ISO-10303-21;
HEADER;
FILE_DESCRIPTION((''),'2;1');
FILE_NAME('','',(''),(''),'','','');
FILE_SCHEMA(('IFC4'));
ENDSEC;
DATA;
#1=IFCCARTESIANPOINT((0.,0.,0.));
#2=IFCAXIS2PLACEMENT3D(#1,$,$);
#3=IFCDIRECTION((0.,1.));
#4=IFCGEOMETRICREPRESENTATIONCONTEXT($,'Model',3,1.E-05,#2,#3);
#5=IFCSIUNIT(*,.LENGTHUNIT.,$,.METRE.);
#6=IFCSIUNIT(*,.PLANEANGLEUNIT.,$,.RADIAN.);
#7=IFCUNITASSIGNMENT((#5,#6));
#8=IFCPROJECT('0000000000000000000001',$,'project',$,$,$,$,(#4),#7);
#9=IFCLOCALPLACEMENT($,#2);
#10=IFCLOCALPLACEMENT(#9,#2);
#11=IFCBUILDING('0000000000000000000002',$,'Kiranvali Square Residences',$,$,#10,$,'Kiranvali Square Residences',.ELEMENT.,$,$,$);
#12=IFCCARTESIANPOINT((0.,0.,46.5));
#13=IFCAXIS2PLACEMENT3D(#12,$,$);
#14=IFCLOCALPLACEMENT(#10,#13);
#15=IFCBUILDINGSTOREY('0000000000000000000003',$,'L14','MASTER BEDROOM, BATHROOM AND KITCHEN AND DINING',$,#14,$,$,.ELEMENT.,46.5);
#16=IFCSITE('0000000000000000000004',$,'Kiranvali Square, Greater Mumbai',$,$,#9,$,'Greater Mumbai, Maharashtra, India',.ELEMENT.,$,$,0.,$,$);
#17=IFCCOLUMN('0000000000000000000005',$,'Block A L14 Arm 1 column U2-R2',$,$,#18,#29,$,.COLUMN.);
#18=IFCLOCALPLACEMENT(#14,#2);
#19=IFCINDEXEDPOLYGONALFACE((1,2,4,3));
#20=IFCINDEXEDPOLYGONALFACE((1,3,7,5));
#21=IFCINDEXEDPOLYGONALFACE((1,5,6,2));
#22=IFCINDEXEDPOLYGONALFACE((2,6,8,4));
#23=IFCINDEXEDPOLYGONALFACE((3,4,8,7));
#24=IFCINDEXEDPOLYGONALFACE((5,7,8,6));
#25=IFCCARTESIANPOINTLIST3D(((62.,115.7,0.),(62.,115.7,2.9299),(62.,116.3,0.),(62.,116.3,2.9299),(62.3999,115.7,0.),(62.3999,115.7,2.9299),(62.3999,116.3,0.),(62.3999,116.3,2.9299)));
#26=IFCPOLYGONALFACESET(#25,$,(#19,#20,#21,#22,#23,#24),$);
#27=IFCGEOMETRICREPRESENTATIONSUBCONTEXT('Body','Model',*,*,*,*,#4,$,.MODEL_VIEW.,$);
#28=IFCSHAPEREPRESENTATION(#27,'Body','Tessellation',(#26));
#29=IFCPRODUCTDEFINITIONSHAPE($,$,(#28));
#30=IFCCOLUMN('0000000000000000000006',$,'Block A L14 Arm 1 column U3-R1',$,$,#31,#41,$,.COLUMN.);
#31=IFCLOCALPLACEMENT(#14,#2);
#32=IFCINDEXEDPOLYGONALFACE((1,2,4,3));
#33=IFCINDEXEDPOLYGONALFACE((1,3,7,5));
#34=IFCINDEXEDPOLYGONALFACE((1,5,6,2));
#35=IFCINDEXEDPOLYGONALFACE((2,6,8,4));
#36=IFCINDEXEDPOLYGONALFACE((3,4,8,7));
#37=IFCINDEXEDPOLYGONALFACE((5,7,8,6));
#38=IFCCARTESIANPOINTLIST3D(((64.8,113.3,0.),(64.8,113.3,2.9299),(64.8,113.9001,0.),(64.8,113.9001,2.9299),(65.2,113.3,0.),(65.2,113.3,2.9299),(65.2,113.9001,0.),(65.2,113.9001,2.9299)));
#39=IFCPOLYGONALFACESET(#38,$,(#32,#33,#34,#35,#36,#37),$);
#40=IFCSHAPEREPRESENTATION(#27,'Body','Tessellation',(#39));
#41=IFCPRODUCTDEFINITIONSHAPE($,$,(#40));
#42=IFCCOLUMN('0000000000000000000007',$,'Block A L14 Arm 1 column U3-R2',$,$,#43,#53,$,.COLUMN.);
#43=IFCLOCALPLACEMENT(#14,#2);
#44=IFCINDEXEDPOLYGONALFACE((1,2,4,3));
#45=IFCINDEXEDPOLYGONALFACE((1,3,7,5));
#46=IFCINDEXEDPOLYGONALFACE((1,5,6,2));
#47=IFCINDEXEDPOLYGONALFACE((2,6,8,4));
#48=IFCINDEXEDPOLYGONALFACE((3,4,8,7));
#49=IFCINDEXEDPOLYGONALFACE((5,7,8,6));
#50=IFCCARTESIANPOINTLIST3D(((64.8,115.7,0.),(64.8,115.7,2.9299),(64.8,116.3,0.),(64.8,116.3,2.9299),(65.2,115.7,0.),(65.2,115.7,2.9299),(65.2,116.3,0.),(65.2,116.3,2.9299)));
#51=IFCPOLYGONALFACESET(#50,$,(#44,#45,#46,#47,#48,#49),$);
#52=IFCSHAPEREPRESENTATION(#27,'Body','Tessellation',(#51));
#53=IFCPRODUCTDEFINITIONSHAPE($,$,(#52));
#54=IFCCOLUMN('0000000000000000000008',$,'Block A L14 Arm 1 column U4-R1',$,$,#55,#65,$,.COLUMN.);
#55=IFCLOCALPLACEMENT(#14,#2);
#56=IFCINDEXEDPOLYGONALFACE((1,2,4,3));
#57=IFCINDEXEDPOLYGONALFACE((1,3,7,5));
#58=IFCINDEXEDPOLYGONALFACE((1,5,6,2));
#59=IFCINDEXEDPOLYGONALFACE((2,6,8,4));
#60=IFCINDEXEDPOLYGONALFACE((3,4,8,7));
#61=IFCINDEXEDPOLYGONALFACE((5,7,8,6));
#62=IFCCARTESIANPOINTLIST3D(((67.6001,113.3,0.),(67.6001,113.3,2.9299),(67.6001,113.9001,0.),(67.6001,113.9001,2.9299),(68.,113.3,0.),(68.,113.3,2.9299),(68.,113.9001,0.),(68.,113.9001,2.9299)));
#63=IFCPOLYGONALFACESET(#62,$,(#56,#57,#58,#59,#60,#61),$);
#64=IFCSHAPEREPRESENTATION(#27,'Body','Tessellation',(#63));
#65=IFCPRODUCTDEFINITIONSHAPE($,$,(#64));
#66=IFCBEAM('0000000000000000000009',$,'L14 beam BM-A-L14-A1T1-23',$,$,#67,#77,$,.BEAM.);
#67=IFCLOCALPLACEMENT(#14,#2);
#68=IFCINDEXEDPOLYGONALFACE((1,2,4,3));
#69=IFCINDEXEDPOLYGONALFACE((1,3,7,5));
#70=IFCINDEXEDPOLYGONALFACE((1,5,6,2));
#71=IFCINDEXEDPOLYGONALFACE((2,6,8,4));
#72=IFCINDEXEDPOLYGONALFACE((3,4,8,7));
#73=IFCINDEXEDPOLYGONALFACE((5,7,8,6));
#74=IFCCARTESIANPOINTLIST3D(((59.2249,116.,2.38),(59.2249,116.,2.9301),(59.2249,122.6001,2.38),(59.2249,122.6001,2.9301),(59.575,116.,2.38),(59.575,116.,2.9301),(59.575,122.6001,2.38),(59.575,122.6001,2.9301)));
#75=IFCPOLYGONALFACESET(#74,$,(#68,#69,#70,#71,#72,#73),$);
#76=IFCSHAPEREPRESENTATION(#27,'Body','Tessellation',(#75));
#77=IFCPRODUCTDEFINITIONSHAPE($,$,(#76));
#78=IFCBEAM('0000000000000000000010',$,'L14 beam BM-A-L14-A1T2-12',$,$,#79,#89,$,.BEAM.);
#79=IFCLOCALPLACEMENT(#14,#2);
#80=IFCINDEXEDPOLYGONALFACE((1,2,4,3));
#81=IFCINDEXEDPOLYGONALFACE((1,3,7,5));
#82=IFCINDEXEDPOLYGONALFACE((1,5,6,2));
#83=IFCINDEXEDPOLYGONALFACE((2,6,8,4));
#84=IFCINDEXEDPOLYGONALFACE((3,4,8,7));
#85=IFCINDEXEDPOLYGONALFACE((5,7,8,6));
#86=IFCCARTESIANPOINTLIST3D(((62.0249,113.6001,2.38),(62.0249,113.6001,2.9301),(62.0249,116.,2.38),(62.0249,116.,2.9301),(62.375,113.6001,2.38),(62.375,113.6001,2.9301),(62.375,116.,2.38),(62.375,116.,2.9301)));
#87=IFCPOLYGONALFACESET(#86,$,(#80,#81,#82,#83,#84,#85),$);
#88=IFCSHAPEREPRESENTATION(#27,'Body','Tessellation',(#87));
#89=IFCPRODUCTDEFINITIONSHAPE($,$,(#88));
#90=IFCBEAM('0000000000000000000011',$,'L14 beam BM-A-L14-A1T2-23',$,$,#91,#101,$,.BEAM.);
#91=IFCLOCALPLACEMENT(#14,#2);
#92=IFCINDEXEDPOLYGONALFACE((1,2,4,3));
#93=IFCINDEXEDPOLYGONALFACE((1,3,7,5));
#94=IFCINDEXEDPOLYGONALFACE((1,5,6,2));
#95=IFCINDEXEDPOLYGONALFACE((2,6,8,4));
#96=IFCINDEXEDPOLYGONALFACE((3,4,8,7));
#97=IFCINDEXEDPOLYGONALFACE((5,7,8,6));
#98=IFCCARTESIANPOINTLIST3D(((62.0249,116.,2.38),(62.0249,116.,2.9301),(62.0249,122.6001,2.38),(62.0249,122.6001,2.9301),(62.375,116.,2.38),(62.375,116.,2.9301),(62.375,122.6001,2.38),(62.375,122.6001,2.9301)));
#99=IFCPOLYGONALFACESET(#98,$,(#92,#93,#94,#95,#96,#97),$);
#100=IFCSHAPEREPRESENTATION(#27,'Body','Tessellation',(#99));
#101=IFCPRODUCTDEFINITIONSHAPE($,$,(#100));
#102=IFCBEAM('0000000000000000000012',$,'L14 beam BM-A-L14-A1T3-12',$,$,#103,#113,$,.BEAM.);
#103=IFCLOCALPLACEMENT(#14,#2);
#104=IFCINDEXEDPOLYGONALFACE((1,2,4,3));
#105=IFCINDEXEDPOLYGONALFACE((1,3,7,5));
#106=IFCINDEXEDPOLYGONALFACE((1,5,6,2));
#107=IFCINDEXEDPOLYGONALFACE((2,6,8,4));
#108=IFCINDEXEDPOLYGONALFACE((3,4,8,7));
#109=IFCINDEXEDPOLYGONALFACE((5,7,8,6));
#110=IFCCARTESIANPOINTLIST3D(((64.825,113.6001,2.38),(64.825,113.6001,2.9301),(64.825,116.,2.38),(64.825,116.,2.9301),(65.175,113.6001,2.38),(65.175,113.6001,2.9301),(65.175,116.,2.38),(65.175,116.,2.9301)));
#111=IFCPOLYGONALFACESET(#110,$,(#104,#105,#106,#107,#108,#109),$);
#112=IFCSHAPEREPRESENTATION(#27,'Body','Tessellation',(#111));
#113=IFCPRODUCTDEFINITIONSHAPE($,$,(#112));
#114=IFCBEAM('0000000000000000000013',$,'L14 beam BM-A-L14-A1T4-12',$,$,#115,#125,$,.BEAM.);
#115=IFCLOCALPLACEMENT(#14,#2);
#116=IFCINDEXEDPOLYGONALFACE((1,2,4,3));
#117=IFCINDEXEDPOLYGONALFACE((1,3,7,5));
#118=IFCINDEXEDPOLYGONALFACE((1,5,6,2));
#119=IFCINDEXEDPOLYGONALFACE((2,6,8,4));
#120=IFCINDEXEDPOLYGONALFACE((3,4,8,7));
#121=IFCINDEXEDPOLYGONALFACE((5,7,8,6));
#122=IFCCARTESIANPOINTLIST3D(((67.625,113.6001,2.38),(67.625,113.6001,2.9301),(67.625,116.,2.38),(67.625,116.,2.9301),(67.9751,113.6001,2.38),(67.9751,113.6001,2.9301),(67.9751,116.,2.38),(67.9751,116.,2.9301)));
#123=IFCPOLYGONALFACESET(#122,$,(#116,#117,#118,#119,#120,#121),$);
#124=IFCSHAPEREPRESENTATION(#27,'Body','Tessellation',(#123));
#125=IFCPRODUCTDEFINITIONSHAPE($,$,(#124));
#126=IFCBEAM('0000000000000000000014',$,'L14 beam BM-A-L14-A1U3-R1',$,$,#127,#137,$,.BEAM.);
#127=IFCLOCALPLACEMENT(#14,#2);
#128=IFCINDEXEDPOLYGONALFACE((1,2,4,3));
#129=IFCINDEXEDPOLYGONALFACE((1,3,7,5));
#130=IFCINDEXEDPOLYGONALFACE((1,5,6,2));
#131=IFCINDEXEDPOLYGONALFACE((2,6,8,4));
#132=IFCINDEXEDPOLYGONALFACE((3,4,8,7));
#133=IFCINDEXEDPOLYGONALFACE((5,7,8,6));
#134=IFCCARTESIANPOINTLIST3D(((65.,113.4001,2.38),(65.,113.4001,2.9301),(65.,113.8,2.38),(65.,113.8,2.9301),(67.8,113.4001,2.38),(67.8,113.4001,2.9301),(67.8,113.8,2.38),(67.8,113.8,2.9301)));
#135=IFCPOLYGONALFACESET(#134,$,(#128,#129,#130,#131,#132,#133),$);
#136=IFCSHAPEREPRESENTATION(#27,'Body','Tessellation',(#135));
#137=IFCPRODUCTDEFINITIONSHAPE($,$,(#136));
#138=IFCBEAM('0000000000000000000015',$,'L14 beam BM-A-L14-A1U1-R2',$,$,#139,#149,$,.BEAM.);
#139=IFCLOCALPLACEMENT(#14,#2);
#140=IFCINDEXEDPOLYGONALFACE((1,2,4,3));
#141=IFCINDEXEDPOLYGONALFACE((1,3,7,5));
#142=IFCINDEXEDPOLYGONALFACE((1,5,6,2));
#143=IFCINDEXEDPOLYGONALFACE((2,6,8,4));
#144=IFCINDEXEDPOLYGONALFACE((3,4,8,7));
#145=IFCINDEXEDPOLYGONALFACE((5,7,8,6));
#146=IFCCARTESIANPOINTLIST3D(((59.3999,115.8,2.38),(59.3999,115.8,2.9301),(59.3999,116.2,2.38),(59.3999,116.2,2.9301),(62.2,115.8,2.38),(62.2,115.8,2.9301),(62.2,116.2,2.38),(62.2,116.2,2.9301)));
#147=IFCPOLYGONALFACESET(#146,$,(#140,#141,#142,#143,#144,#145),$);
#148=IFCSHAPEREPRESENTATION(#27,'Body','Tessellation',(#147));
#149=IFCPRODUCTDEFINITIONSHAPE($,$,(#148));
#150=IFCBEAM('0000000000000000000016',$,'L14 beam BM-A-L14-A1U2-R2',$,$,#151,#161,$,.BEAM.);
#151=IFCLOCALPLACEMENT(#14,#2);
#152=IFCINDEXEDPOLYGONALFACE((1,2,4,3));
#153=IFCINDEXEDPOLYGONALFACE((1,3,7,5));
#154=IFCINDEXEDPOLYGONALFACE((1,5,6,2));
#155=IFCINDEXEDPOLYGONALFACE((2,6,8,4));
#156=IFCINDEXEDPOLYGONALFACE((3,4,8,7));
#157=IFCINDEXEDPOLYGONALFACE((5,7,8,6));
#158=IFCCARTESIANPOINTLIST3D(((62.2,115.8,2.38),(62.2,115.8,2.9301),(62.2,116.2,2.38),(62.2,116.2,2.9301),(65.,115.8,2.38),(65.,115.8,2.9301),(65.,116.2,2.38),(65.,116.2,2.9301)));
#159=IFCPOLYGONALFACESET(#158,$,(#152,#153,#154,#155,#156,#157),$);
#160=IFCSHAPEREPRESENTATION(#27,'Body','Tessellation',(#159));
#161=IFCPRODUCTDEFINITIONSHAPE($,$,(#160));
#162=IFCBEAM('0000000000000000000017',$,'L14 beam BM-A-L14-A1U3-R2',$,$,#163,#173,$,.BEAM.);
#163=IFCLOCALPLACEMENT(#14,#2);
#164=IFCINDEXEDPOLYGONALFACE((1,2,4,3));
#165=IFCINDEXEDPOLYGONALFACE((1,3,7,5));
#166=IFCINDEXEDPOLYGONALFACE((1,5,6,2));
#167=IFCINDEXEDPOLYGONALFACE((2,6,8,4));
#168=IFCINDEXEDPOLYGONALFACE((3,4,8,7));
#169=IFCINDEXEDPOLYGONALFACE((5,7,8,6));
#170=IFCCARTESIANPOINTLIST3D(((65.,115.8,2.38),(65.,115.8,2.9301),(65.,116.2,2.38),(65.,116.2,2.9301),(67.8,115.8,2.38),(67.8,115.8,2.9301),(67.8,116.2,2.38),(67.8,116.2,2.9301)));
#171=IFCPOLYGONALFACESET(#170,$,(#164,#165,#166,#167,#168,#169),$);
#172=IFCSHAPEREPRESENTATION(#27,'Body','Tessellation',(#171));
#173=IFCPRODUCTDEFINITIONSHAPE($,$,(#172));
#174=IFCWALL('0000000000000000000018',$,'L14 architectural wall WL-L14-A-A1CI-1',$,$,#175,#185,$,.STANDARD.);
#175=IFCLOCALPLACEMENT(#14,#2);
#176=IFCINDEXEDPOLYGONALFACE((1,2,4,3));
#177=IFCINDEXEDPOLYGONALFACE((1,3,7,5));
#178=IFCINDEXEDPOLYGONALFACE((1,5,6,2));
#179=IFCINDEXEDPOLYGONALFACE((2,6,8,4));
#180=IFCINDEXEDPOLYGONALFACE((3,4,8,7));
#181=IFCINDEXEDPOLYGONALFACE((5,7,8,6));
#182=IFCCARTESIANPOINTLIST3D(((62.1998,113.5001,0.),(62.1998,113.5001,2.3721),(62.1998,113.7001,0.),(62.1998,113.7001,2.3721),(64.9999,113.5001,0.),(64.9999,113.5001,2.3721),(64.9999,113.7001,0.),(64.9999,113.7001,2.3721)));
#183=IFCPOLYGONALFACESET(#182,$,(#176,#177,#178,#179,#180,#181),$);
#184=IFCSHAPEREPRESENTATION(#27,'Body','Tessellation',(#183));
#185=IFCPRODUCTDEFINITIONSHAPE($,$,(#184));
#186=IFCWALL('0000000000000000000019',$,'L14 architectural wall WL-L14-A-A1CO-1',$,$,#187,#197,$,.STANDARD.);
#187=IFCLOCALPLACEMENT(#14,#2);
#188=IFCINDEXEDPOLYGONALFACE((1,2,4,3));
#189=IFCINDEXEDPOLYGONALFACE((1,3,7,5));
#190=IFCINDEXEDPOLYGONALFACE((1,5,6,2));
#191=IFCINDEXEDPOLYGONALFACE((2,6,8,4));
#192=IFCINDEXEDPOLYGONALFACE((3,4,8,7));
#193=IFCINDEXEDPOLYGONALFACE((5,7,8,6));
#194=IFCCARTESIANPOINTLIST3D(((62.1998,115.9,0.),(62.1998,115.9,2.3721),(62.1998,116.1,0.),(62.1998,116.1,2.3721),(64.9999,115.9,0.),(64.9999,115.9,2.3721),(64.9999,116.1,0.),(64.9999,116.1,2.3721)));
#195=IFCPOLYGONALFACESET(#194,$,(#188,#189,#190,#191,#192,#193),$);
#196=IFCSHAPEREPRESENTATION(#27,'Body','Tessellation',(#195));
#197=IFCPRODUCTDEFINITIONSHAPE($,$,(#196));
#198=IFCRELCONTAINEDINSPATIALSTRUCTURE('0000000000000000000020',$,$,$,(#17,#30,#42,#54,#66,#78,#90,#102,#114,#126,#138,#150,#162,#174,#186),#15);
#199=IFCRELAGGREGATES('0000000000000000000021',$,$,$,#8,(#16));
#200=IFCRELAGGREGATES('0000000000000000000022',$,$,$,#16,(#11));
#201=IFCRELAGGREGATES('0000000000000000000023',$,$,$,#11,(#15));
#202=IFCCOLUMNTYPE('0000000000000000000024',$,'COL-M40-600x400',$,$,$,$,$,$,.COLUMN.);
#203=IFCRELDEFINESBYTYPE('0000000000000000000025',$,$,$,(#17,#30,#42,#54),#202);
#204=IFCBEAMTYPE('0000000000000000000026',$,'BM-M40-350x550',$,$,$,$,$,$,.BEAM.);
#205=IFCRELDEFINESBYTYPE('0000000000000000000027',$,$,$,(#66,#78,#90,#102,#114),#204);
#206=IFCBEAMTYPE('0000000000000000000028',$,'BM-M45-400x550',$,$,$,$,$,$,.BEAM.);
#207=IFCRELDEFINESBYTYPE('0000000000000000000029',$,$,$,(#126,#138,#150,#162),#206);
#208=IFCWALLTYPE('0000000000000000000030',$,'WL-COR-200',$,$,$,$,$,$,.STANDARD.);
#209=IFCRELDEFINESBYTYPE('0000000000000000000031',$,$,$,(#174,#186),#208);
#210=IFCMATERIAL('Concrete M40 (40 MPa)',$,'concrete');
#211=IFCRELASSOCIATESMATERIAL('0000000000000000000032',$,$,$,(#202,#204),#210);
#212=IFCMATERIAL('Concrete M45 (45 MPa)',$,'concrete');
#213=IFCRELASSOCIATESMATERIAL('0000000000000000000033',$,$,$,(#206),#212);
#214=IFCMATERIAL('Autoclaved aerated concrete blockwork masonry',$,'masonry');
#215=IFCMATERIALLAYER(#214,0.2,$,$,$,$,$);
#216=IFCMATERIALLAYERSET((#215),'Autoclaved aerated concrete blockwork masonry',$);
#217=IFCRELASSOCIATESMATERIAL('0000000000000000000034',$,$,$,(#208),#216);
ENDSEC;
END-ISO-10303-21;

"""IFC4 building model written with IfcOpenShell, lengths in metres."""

from ifc_helpers import new_model, si_unit, direction, frame, frame_2d, origin, origin_2d, place, context, subcontext, project, spatial, rectangle, extrude, material, layer, layer_set, material_profile, profile_set, type_object, element, save


model = new_model("IFC4")

# Units and contexts
model_context = context("Model", 3, precision=1e-05, world=origin(), true_north=direction((0.0, 1.0)))
body_context = subcontext(model_context, "Body", "Model", "MODEL_VIEW")
ifc_project = project(units=[si_unit("LENGTHUNIT", "METRE"), si_unit("PLANEANGLEUNIT", "RADIAN")], contexts=[model_context])

# Site, building, storey
site_placement = place(None, origin())
site = spatial("IfcSite", under=ifc_project, at=site_placement, Name="Kiranvali Square, Greater Mumbai", LongName="Greater Mumbai, Maharashtra, India", CompositionType="ELEMENT", RefElevation=0.0)
building_placement = place(site_placement, origin())
building = spatial("IfcBuilding", under=site, at=building_placement, Name="Kiranvali Square Residences", LongName="Kiranvali Square Residences", CompositionType="ELEMENT")
storey_placement = place(building_placement, frame((0.0, 0.0, 46.5)))
storey = spatial("IfcBuildingStorey", under=building, at=storey_placement, Name="L14", Description="MASTER BEDROOM, BATHROOM AND KITCHEN AND DINING", CompositionType="ELEMENT", Elevation=46.5)

# Columns
ifc_material_1 = material(Name="Concrete M40 (40 MPa)", Category="concrete")
ifc_material_profile_1 = material_profile(ifc_material_1, rectangle(XDim=0.3999, YDim=0.6001, at=origin_2d()), Name="RC 600x400")
ifc_profile_set_1 = profile_set([ifc_material_profile_1], Name="Concrete M40 (40 MPa)")
column_type = type_object("IfcColumnType", Name="COL-M40-600x400", PredefinedType="COLUMN", material=ifc_profile_set_1)
for number, where, z_axis, x_axis, name in (
    (1, (62.2, 116.0, 0.0), (0.0, 0.0, 1.0), (1.0, 0.0, 0.0), "Block A L14 Arm 1 column U2-R2"),
    (2, (65.0, 113.6001, 0.0), (0.0, 0.0, 1.0), (1.0, 0.0, 0.0), "Block A L14 Arm 1 column U3-R1"),
    (3, (65.0, 116.0, 0.0), (0.0, 0.0, 1.0), (1.0, 0.0, 0.0), "Block A L14 Arm 1 column U3-R2"),
    (4, (67.8, 113.6001, 0.0), (0.0, 0.0, 1.0), (1.0, 0.0, 0.0), "Block A L14 Arm 1 column U4-R1"),
):
    element("IfcColumn", number, at=place(storey_placement, frame(where, z_axis=z_axis, x_axis=x_axis)), inside=storey, type_object=column_type, Name=name, PredefinedType="COLUMN", context=body_context, shape_type="SweptSolid", body=[
        extrude(rectangle(XDim=0.3999, YDim=0.6001, at=origin_2d()), origin(), (0.0, 0.0, 1.0), 2.9299),
    ])

# Beams
ifc_material_profile_2 = material_profile(ifc_material_1, rectangle(XDim=0.3501, YDim=0.55, at=origin_2d()), Name="RC 350x550")
ifc_profile_set_2 = profile_set([ifc_material_profile_2], Name="Concrete M40 (40 MPa)")
beam_type_1 = type_object("IfcBeamType", Name="BM-M40-350x550", PredefinedType="BEAM", material=ifc_profile_set_2)
beam_1_placement = place(storey_placement, frame((59.3999, 116.0, 2.655), z_axis=(0.0, 1.0, 0.0), x_axis=(-1.0, 0.0, 0.0)))
element("IfcBeam", 5, at=beam_1_placement, inside=storey, type_object=beam_type_1, Name="L14 beam BM-A-L14-A1T1-23", PredefinedType="BEAM", context=body_context, shape_type="SweptSolid", body=[
    extrude(rectangle(XDim=0.3501, YDim=0.55, at=origin_2d()), origin(), (0.0, 0.0, 1.0), 6.6001),
])
beam_2_placement = place(storey_placement, frame((62.2, 113.6001, 2.655), z_axis=(0.0, 1.0, 0.0), x_axis=(-1.0, 0.0, 0.0)))
element("IfcBeam", 6, at=beam_2_placement, inside=storey, type_object=beam_type_1, Name="L14 beam BM-A-L14-A1T2-12", PredefinedType="BEAM", context=body_context, shape_type="SweptSolid", body=[
    extrude(rectangle(XDim=0.3501, YDim=0.55, at=origin_2d()), origin(), (0.0, 0.0, 1.0), 2.3999),
])
beam_3_placement = place(storey_placement, frame((62.2, 116.0, 2.655), z_axis=(0.0, 1.0, 0.0), x_axis=(-1.0, 0.0, 0.0)))
element("IfcBeam", 7, at=beam_3_placement, inside=storey, type_object=beam_type_1, Name="L14 beam BM-A-L14-A1T2-23", PredefinedType="BEAM", context=body_context, shape_type="SweptSolid", body=[
    extrude(rectangle(XDim=0.3501, YDim=0.55, at=origin_2d()), origin(), (0.0, 0.0, 1.0), 6.6001),
])
for number, where, z_axis, x_axis, name in (
    (8, (65.0, 113.6001, 2.655), (0.0, 1.0, 0.0), (-1.0, 0.0, 0.0), "L14 beam BM-A-L14-A1T3-12"),
    (9, (67.8, 113.6001, 2.655), (0.0, 1.0, 0.0), (-1.0, 0.0, 0.0), "L14 beam BM-A-L14-A1T4-12"),
):
    element("IfcBeam", number, at=place(storey_placement, frame(where, z_axis=z_axis, x_axis=x_axis)), inside=storey, type_object=beam_type_1, Name=name, PredefinedType="BEAM", context=body_context, shape_type="SweptSolid", body=[
        extrude(rectangle(XDim=0.3501, YDim=0.55, at=origin_2d()), origin(), (0.0, 0.0, 1.0), 2.3999),
    ])
ifc_material_2 = material(Name="Concrete M45 (45 MPa)", Category="concrete")
ifc_material_profile_3 = material_profile(ifc_material_2, rectangle(XDim=0.3999, YDim=0.55, at=origin_2d()), Name="RC 400x550")
ifc_profile_set_3 = profile_set([ifc_material_profile_3], Name="Concrete M45 (45 MPa)")
beam_type_2 = type_object("IfcBeamType", Name="BM-M45-400x550", PredefinedType="BEAM", material=ifc_profile_set_3)
for number, where, z_axis, x_axis, name in (
    (10, (65.0, 113.6001, 2.655), (1.0, 0.0, 0.0), (0.0, 1.0, 0.0), "L14 beam BM-A-L14-A1U3-R1"),
    (11, (59.3999, 116.0, 2.655), (1.0, 0.0, 0.0), (0.0, 1.0, 0.0), "L14 beam BM-A-L14-A1U1-R2"),
    (12, (62.2, 116.0, 2.655), (1.0, 0.0, 0.0), (0.0, 1.0, 0.0), "L14 beam BM-A-L14-A1U2-R2"),
    (13, (65.0, 116.0, 2.655), (1.0, 0.0, 0.0), (0.0, 1.0, 0.0), "L14 beam BM-A-L14-A1U3-R2"),
):
    element("IfcBeam", number, at=place(storey_placement, frame(where, z_axis=z_axis, x_axis=x_axis)), inside=storey, type_object=beam_type_2, Name=name, PredefinedType="BEAM", context=body_context, shape_type="SweptSolid", body=[
        extrude(rectangle(XDim=0.3999, YDim=0.55, at=origin_2d()), origin(), (0.0, 0.0, 1.0), 2.8),
    ])

# Shared definitions
ifc_material_3 = material(Name="Autoclaved aerated concrete blockwork masonry", Category="masonry")
ifc_layer_1 = layer(ifc_material_3, 0.2)
ifc_layer_set_1 = layer_set([ifc_layer_1], Name="Autoclaved aerated concrete blockwork masonry")
wall_type_1 = type_object("IfcWallType", Name="WL-COR-200", PredefinedType="STANDARD", material=ifc_layer_set_1)

# Walls
for number, where, z_axis, x_axis, name in (
    (14, (62.2, 113.6001, 0.0), (0.0, 0.0, 1.0), (1.0, 0.0, 0.0), "L14 architectural wall WL-L14-A-A1CI-1"),
    (15, (62.2, 116.0, 0.0), (0.0, 0.0, 1.0), (1.0, 0.0, 0.0), "L14 architectural wall WL-L14-A-A1CO-1"),
):
    element("IfcWall", number, at=place(storey_placement, frame(where, z_axis=z_axis, x_axis=x_axis)), inside=storey, type_object=wall_type_1, Name=name, PredefinedType="STANDARD", context=body_context, shape_type="SweptSolid", body=[
        extrude(rectangle(XDim=2.8, YDim=0.2, at=frame_2d((1.3999, 0.0))), origin(), (0.0, 0.0, 1.0), 2.3721),
    ])

save(model, "model.ifc")
